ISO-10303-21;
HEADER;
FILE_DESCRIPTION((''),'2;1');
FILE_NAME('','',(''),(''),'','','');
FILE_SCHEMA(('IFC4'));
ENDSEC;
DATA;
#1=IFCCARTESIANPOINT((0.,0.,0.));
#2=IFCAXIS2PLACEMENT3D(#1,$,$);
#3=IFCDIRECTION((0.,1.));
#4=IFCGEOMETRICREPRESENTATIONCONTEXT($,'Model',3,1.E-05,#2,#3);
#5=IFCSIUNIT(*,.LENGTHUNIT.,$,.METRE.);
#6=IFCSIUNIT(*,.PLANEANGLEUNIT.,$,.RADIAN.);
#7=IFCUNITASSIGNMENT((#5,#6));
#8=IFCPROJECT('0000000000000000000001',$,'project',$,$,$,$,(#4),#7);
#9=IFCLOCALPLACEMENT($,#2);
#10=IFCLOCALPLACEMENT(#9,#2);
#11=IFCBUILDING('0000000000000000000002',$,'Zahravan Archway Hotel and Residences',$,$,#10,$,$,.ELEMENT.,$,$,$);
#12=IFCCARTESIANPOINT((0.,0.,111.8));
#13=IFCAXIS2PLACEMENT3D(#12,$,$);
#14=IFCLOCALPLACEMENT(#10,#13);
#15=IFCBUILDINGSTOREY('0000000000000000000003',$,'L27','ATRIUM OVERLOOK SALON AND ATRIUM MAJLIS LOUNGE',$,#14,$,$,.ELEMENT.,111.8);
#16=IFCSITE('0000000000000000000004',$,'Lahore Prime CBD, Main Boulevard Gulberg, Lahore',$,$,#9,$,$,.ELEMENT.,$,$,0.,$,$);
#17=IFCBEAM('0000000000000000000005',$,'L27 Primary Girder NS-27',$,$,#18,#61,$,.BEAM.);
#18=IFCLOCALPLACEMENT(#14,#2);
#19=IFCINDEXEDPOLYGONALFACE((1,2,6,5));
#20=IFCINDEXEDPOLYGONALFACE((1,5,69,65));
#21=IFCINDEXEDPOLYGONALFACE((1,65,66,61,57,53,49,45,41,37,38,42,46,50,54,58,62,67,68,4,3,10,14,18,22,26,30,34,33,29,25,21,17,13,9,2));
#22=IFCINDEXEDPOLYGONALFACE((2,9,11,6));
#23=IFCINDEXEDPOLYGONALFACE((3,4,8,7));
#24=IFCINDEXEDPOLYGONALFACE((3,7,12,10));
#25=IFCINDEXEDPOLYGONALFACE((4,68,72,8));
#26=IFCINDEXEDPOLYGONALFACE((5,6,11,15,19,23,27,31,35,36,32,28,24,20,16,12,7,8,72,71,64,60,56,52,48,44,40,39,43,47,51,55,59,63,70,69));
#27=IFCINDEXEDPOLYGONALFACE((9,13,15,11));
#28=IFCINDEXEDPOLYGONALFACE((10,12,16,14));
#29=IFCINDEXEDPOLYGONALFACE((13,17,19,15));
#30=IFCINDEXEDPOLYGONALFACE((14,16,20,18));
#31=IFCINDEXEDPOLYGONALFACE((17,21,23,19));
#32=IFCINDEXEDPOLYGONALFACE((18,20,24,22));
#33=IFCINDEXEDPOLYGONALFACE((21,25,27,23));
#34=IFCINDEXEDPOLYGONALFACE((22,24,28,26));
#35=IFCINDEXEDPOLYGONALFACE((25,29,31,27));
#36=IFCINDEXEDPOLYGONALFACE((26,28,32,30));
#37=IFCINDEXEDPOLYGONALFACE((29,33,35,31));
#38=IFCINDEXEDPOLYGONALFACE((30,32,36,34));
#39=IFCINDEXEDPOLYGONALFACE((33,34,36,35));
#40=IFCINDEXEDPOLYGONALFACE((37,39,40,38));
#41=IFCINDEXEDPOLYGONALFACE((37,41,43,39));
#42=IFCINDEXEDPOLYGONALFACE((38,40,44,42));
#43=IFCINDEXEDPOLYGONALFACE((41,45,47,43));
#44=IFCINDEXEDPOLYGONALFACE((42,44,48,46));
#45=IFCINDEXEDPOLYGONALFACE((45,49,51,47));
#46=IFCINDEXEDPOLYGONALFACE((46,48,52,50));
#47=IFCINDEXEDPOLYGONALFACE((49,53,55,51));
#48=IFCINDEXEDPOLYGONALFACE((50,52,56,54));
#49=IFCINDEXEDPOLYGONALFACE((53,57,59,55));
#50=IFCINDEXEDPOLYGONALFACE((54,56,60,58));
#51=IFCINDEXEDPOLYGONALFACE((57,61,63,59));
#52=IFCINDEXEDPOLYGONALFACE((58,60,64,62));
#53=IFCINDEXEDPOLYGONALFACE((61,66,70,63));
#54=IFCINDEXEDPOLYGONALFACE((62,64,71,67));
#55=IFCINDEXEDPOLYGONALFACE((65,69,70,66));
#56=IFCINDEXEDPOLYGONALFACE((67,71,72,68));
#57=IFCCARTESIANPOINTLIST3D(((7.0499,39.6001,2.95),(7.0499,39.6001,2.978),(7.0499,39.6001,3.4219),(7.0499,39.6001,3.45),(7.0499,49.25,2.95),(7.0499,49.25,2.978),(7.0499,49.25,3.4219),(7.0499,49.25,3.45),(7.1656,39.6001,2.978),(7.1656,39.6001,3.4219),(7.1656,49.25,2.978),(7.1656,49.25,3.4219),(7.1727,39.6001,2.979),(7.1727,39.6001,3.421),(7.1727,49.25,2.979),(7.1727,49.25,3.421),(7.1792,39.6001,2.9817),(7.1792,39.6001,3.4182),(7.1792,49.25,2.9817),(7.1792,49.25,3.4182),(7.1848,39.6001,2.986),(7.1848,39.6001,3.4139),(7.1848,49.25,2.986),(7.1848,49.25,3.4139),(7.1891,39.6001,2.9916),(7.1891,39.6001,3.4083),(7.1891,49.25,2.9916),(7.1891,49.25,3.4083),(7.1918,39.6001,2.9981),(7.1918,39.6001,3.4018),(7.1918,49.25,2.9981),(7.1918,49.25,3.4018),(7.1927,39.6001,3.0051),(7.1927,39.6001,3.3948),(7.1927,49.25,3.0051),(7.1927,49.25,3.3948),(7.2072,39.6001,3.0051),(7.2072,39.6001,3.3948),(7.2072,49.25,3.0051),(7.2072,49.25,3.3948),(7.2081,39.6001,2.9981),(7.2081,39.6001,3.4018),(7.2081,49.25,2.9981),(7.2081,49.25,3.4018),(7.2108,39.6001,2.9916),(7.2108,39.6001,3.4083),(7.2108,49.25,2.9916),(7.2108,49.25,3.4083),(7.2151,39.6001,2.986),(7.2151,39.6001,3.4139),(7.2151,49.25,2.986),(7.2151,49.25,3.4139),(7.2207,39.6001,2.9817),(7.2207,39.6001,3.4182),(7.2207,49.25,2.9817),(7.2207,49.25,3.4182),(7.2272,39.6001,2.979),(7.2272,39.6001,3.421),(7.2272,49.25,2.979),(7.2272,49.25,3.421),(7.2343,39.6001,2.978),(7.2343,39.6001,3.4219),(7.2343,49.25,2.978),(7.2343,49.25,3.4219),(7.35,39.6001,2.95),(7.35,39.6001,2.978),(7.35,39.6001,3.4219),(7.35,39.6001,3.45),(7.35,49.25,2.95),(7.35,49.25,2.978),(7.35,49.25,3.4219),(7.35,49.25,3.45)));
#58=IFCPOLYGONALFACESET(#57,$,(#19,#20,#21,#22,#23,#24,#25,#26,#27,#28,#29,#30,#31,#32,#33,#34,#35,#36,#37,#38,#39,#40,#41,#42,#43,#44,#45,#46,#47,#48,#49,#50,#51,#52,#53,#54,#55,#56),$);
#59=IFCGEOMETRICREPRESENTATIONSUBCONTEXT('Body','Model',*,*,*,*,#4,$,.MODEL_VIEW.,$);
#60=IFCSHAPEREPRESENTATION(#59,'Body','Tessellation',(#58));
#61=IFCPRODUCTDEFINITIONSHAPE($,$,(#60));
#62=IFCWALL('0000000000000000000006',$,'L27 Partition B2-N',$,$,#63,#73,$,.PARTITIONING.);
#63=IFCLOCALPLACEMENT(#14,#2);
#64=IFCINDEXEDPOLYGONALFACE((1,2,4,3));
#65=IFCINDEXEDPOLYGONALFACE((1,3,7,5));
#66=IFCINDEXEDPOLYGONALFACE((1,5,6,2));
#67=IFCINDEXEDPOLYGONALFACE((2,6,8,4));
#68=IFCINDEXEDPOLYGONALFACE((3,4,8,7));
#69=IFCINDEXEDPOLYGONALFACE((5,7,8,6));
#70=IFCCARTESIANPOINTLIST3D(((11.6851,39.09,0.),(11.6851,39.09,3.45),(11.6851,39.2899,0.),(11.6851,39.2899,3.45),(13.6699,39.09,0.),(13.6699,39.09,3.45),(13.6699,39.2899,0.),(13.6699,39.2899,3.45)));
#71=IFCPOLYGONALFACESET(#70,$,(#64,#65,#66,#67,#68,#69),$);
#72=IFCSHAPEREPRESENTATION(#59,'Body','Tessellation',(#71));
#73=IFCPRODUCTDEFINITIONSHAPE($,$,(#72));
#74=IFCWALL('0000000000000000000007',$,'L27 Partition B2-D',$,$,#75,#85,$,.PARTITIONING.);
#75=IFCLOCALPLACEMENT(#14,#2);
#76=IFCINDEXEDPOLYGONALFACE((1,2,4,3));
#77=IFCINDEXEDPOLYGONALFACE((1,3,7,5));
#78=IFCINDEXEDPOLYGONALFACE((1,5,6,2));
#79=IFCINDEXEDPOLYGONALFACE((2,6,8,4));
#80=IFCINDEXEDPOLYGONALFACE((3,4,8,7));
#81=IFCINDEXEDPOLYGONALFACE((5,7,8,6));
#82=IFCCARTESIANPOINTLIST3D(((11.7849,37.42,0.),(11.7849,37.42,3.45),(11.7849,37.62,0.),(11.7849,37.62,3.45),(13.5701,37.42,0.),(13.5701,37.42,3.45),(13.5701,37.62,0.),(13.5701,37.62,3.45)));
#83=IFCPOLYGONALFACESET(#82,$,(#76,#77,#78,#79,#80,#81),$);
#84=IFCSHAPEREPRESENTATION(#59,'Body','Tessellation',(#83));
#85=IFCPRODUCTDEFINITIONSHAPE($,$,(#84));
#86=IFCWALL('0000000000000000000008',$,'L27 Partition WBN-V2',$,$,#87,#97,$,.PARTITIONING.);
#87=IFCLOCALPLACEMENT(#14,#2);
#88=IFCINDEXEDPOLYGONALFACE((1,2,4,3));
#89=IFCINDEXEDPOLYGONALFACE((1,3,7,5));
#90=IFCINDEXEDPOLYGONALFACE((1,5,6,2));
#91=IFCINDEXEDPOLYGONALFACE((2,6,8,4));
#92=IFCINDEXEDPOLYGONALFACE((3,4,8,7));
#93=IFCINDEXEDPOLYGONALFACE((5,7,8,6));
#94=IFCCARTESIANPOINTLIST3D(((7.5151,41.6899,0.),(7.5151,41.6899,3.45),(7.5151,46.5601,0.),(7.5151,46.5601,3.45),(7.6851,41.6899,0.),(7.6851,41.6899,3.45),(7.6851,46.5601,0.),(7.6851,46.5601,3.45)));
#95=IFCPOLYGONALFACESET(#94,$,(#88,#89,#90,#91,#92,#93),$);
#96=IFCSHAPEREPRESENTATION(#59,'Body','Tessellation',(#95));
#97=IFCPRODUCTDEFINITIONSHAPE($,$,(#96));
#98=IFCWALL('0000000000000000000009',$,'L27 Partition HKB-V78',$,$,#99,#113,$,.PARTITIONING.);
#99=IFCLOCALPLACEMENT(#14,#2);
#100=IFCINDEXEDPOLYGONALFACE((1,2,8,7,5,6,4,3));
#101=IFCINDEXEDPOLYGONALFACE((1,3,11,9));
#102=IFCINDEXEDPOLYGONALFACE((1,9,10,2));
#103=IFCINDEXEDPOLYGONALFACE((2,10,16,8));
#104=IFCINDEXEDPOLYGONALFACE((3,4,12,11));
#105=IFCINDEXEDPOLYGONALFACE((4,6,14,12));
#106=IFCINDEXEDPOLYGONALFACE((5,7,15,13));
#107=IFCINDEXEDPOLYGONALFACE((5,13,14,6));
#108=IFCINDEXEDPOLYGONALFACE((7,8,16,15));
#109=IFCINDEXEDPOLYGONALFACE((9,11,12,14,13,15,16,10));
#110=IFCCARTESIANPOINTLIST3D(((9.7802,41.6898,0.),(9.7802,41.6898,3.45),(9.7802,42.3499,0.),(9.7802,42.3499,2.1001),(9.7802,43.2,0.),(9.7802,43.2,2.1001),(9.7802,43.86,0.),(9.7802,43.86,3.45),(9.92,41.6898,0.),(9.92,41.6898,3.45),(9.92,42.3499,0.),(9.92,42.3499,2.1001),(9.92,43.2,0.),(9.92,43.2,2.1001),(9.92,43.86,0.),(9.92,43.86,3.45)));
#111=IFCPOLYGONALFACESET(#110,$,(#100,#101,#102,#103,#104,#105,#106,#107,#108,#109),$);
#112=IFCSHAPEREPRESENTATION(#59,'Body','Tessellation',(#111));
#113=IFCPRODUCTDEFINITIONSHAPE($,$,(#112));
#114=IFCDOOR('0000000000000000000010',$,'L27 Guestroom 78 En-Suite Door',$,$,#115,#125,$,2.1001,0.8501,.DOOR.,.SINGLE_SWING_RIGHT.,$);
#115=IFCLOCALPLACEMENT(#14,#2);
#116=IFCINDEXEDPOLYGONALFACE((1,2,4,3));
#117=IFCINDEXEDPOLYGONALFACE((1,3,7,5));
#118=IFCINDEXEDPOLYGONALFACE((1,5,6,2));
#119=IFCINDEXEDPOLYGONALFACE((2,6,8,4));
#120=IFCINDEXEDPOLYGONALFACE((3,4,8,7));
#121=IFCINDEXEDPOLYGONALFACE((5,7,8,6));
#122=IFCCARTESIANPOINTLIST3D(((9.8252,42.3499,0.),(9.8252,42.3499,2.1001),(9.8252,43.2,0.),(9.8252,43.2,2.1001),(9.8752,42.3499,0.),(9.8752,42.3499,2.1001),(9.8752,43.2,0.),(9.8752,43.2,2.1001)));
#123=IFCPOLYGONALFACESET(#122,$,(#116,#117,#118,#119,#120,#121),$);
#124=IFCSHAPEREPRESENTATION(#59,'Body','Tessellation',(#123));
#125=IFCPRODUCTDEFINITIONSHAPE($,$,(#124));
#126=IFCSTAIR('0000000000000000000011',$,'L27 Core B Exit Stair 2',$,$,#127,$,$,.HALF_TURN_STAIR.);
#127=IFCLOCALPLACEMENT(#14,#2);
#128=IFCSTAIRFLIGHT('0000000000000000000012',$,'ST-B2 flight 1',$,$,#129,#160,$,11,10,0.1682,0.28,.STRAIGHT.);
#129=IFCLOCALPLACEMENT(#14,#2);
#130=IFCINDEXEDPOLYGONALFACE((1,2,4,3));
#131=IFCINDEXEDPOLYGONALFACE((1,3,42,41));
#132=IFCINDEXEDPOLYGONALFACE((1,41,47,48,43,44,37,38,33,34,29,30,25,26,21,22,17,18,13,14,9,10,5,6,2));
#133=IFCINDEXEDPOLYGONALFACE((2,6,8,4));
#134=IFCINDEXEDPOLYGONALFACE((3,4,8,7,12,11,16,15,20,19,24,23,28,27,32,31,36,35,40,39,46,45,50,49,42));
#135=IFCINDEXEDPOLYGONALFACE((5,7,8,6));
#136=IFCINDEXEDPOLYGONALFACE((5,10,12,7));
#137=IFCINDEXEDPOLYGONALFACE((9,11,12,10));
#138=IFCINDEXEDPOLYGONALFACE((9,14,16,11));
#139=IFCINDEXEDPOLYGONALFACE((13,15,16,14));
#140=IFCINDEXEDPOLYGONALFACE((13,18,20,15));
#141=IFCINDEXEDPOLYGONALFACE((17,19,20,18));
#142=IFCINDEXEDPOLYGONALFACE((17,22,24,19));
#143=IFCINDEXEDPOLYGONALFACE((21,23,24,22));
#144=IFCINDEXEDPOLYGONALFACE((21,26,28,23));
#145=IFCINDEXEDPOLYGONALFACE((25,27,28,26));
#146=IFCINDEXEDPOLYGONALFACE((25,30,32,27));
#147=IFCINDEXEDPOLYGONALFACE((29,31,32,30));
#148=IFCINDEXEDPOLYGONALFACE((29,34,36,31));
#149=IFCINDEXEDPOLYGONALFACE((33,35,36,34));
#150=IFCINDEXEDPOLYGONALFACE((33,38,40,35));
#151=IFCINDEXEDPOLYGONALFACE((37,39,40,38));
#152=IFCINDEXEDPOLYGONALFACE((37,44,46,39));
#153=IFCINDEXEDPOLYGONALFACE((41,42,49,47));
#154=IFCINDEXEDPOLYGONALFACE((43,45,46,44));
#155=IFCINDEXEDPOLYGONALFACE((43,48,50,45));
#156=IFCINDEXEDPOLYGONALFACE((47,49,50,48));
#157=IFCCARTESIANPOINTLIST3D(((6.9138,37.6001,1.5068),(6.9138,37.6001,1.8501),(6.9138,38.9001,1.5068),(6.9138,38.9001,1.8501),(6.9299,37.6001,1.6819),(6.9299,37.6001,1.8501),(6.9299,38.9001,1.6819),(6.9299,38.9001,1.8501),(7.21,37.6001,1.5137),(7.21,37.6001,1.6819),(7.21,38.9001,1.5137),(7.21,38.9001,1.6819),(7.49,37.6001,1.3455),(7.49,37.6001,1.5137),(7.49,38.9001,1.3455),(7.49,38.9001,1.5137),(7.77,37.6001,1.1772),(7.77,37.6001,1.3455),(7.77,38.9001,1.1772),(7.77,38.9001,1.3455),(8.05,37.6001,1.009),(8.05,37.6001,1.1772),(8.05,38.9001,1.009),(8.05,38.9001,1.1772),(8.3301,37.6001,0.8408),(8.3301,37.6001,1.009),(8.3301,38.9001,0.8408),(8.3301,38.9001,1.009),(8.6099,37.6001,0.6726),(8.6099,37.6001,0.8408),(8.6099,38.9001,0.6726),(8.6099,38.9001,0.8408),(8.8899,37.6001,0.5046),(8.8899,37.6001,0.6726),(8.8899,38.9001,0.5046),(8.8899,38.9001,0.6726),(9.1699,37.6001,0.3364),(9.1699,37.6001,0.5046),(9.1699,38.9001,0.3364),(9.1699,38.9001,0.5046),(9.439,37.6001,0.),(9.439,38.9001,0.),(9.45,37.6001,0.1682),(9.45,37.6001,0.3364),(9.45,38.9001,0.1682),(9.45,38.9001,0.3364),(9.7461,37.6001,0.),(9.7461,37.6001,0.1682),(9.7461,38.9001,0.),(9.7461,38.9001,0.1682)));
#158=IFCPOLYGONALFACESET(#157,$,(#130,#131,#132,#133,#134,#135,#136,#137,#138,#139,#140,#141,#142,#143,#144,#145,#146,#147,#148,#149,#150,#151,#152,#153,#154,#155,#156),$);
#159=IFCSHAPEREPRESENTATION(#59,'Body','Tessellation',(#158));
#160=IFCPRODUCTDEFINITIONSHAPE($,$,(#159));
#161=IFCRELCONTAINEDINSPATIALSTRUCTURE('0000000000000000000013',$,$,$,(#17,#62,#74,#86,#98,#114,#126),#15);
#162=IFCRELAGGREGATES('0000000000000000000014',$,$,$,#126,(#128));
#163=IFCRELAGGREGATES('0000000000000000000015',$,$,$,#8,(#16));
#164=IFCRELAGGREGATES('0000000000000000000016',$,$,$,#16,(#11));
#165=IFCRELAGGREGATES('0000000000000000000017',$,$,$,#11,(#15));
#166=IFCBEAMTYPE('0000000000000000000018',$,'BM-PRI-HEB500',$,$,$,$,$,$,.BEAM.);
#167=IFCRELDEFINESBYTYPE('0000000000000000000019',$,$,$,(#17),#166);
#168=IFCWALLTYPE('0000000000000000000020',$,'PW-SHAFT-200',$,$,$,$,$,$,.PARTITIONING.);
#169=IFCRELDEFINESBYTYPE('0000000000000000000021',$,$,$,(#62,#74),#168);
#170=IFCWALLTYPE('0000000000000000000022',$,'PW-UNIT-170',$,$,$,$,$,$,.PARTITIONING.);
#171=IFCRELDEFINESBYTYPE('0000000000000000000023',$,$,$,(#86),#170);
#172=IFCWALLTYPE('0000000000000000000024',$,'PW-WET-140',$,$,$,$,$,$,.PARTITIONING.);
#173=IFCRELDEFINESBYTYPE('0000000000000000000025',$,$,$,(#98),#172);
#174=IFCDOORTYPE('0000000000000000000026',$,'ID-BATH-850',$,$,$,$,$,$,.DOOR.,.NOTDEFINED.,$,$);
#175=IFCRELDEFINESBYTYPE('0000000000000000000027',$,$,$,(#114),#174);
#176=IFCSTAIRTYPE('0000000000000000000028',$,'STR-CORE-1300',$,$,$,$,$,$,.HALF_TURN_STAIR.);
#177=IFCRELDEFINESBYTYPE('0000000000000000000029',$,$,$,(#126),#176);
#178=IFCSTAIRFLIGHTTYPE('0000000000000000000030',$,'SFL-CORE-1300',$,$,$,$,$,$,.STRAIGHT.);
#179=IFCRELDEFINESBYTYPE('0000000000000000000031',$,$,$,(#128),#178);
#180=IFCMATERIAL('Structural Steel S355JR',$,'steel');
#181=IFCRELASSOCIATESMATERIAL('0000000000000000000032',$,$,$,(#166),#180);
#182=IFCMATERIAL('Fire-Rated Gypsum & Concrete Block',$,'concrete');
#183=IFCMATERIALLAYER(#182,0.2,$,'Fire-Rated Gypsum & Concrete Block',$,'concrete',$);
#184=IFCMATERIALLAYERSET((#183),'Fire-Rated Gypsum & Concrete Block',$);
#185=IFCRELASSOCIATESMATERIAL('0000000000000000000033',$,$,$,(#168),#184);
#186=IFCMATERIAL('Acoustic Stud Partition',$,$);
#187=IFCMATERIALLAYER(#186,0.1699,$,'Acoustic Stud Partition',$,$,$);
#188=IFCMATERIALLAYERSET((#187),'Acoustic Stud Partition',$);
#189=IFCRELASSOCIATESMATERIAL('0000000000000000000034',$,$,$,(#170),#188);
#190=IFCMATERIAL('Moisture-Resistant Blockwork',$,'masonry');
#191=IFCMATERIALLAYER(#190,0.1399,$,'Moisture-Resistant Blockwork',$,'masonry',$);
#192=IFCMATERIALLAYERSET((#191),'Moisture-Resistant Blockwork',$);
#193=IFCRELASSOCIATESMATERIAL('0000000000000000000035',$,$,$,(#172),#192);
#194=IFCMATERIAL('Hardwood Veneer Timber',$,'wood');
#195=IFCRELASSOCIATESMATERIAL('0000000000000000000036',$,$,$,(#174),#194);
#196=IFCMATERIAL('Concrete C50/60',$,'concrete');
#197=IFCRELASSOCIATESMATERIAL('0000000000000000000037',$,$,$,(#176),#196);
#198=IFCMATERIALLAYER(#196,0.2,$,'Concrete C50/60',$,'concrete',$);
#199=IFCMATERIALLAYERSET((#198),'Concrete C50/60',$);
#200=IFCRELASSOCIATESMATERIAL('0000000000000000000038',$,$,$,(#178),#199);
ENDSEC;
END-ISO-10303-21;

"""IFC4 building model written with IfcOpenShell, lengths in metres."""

from ifc_helpers import new_model, si_unit, direction, frame, frame_2d, origin, origin_2d, place, context, subcontext, project, spatial, polyline, rectangle, i_section, outline, extrude, source, transform, mapped, material, layer, layer_set, material_profile, profile_set, type_object, type_shapes, element, fill, aggregate, save


model = new_model("IFC4")

# Units and contexts
model_context = context("Model", 3, precision=1e-05, world=origin(), true_north=direction((0.0, 1.0)))
body_context = subcontext(model_context, "Body", "Model", "MODEL_VIEW")
ifc_project = project(units=[si_unit("LENGTHUNIT", "METRE"), si_unit("PLANEANGLEUNIT", "RADIAN")], contexts=[model_context])

# Site, building, storey
site_placement = place(None, origin())
site = spatial("IfcSite", under=ifc_project, at=site_placement, Name="Lahore Prime CBD, Main Boulevard Gulberg, Lahore", CompositionType="ELEMENT", RefElevation=0.0)
building_placement = place(site_placement, origin())
building = spatial("IfcBuilding", under=site, at=building_placement, Name="Zahravan Archway Hotel and Residences", CompositionType="ELEMENT")
storey_placement = place(building_placement, frame((0.0, 0.0, 111.8)))
storey = spatial("IfcBuildingStorey", under=building, at=storey_placement, Name="L27", Description="ATRIUM OVERLOOK SALON AND ATRIUM MAJLIS LOUNGE", CompositionType="ELEMENT", Elevation=111.8)

# Beam
ifc_material_1 = material(Name="Structural Steel S355JR", Category="steel")
ifc_material_profile_1 = material_profile(ifc_material_1, i_section(OverallWidth=0.3, OverallDepth=0.5, WebThickness=0.0144, FlangeThickness=0.0281, FilletRadius=0.0271, at=origin_2d()), Name="HEB 500", Category="steel")
ifc_profile_set_1 = profile_set([ifc_material_profile_1], Name="Structural Steel S355JR")
beam_type_1 = type_object("IfcBeamType", Name="BM-PRI-HEB500", PredefinedType="BEAM", material=ifc_profile_set_1)
shared_shape_1 = source(origin(), body_context, "Body", "SweptSolid", [
    extrude(i_section(OverallWidth=0.3, OverallDepth=0.5, WebThickness=0.0144, FlangeThickness=0.0281, FilletRadius=0.0271, at=origin_2d()), origin(), (0.0, 0.0, 1.0), 9.6499),
])
beam_1_placement = place(storey_placement, frame((7.2, 39.6001, 3.2), z_axis=(0.0, 1.0, 0.0), x_axis=(-1.0, 0.0, 0.0)))
element("IfcBeam", 1, at=beam_1_placement, inside=storey, type_object=beam_type_1, Name="L27 Primary Girder NS-27", PredefinedType="BEAM", context=body_context, shape_type="MappedRepresentation", body=[
    mapped(shared_shape_1, transform((0.0, 0.0, 0.0), scale=1.0)),
])

# Walls
ifc_material_2 = material(Name="Fire-Rated Gypsum & Concrete Block", Category="concrete")
ifc_layer_1 = layer(ifc_material_2, 0.2, Name="Fire-Rated Gypsum & Concrete Block", Category="concrete")
ifc_layer_set_1 = layer_set([ifc_layer_1], Name="Fire-Rated Gypsum & Concrete Block")
wall_type_1 = type_object("IfcWallType", Name="PW-SHAFT-200", PredefinedType="PARTITIONING", material=ifc_layer_set_1)
wall_1_placement = place(storey_placement, frame((11.6851, 39.1899, 0.0), z_axis=(0.0, 0.0, 1.0), x_axis=(1.0, 0.0, 0.0)))
element("IfcWall", 2, at=wall_1_placement, inside=storey, type_object=wall_type_1, Name="L27 Partition B2-N", PredefinedType="PARTITIONING", context=body_context, shape_type="SweptSolid", body=[
    extrude(rectangle(XDim=1.9849, YDim=0.2, at=frame_2d((0.9924, 0.0))), origin(), (0.0, 0.0, 1.0), 3.45),
])
wall_2_placement = place(storey_placement, frame((11.7849, 37.52, 0.0), z_axis=(0.0, 0.0, 1.0), x_axis=(1.0, 0.0, 0.0)))
element("IfcWall", 3, at=wall_2_placement, inside=storey, type_object=wall_type_1, Name="L27 Partition B2-D", PredefinedType="PARTITIONING", context=body_context, shape_type="SweptSolid", body=[
    extrude(rectangle(XDim=1.7852, YDim=0.2, at=frame_2d((0.8926, 0.0))), origin(), (0.0, 0.0, 1.0), 3.45),
])
ifc_material_3 = material(Name="Acoustic Stud Partition")
ifc_layer_2 = layer(ifc_material_3, 0.1699, Name="Acoustic Stud Partition")
ifc_layer_set_2 = layer_set([ifc_layer_2], Name="Acoustic Stud Partition")
wall_type_2 = type_object("IfcWallType", Name="PW-UNIT-170", PredefinedType="PARTITIONING", material=ifc_layer_set_2)
wall_3_placement = place(storey_placement, frame((7.6001, 41.6899, 0.0), z_axis=(0.0, 0.0, 1.0), x_axis=(0.0, 1.0, 0.0)))
element("IfcWall", 4, at=wall_3_placement, inside=storey, type_object=wall_type_2, Name="L27 Partition WBN-V2", PredefinedType="PARTITIONING", context=body_context, shape_type="SweptSolid", body=[
    extrude(rectangle(XDim=4.8701, YDim=0.1699, at=frame_2d((2.4351, 0.0))), origin(), (0.0, 0.0, 1.0), 3.45),
])
ifc_material_4 = material(Name="Moisture-Resistant Blockwork", Category="masonry")
ifc_layer_3 = layer(ifc_material_4, 0.1399, Name="Moisture-Resistant Blockwork", Category="masonry")
ifc_layer_set_3 = layer_set([ifc_layer_3], Name="Moisture-Resistant Blockwork")
wall_type_3 = type_object("IfcWallType", Name="PW-WET-140", PredefinedType="PARTITIONING", material=ifc_layer_set_3)

# Wall, opening, door
wall_4_placement = place(storey_placement, frame((9.8501, 41.6899, 0.0), z_axis=(0.0, 0.0, 1.0), x_axis=(0.0, 1.0, 0.0)))
wall_4 = element("IfcWall", 5, at=wall_4_placement, inside=storey, type_object=wall_type_3, Name="L27 Partition HKB-V78", PredefinedType="PARTITIONING", context=body_context, shape_type="SweptSolid", body=[
    extrude(rectangle(XDim=2.1702, YDim=0.1399, at=frame_2d((1.085, 0.0))), origin(), (0.0, 0.0, 1.0), 3.45),
])
opening_placement = place(wall_4_placement, frame((0.6599, 0.0, 0.0)))
opening = element("IfcOpeningElement", 6, at=opening_placement, cuts=wall_4, PredefinedType="OPENING", context=body_context, shape_type="SweptSolid", body=[
    extrude(rectangle(XDim=0.8501, YDim=2.1001, at=frame_2d((0.425, 1.05))), frame((0.0, 0.0801, 0.0), z_axis=(0.0, -1.0, 0.0), x_axis=(1.0, 0.0, 0.0)), (0.0, 0.0, 1.0), 0.1599),
])
ifc_material_5 = material(Name="Hardwood Veneer Timber", Category="wood")
door_type = type_object("IfcDoorType", Name="ID-BATH-850", OperationType="NOTDEFINED", PredefinedType="DOOR", material=ifc_material_5)
shared_shape_2 = source(origin(), body_context, "Body", "SweptSolid", [
    extrude(rectangle(XDim=0.8501, YDim=2.1001, at=frame_2d((0.425, 1.05))), frame((0.0, 0.0249, 0.0), z_axis=(0.0, -1.0, 0.0), x_axis=(1.0, 0.0, 0.0)), (0.0, 0.0, 1.0), 0.05),
])
type_shapes(door_type, [shared_shape_2])
door_placement = place(opening_placement, origin())
door = element("IfcDoor", 7, at=door_placement, inside=storey, type_object=door_type, Name="L27 Guestroom 78 En-Suite Door", OperationType="SINGLE_SWING_RIGHT", OverallHeight=2.1001, OverallWidth=0.8501, PredefinedType="DOOR", context=body_context, shape_type="MappedRepresentation", body=[
    mapped(shared_shape_2, transform((0.0, 0.0, 0.0), scale=1.0)),
])
fill(opening, door)

# Stair, stair flight
ifc_material_6 = material(Name="Concrete C50/60", Category="concrete")
stair_type = type_object("IfcStairType", Name="STR-CORE-1300", PredefinedType="HALF_TURN_STAIR", material=ifc_material_6)
stair_placement = place(storey_placement, origin())
stair = element("IfcStair", 8, at=stair_placement, inside=storey, type_object=stair_type, Name="L27 Core B Exit Stair 2", PredefinedType="HALF_TURN_STAIR")
ifc_layer_4 = layer(ifc_material_6, 0.2, Name="Concrete C50/60", Category="concrete")
ifc_layer_set_4 = layer_set([ifc_layer_4], Name="Concrete C50/60")
stair_flight_type = type_object("IfcStairFlightType", Name="SFL-CORE-1300", PredefinedType="STRAIGHT", material=ifc_layer_set_4)
shared_shape_3 = source(origin(), body_context, "Body", "SweptSolid", [
    extrude(outline(polyline([(-0.0161, 0.0), (-0.0161, 0.1682), (0.28, 0.1682), (0.28, 0.3364), (0.5601, 0.3364), (0.5601, 0.5046), (0.8401, 0.5046), (0.8401, 0.6726), (1.1201, 0.6726), (1.1201, 0.8408), (1.3999, 0.8408), (1.3999, 1.009), (1.6799, 1.009), (1.6799, 1.1772), (1.96, 1.1772), (1.96, 1.3455), (2.24, 1.3455), (2.24, 1.5137), (2.52, 1.5137), (2.52, 1.6819), (2.8, 1.6819), (2.8, 1.8501), (2.8162, 1.8501), (2.8162, 1.5068), (0.291, 0.0), (-0.0161, 0.0)])), frame((0.0, 0.6499, 0.0), z_axis=(0.0, -1.0, 0.0), x_axis=(1.0, 0.0, 0.0)), (0.0, 0.0, 1.0), 1.3),
])
stair_flight_placement = place(storey_placement, frame((9.73, 38.25, 0.0), z_axis=(0.0, 0.0, 1.0), x_axis=(-1.0, 0.0, 0.0)))
stair_flight = element("IfcStairFlight", 9, at=stair_flight_placement, type_object=stair_flight_type, Name="ST-B2 flight 1", NumberOfRisers=11, NumberOfTreads=10, PredefinedType="STRAIGHT", RiserHeight=0.1682, TreadLength=0.28, context=body_context, shape_type="MappedRepresentation", body=[
    mapped(shared_shape_3, transform((0.0, 0.0, 0.0), scale=1.0)),
])
aggregate(stair, [stair_flight])

save(model, "model.ifc")
